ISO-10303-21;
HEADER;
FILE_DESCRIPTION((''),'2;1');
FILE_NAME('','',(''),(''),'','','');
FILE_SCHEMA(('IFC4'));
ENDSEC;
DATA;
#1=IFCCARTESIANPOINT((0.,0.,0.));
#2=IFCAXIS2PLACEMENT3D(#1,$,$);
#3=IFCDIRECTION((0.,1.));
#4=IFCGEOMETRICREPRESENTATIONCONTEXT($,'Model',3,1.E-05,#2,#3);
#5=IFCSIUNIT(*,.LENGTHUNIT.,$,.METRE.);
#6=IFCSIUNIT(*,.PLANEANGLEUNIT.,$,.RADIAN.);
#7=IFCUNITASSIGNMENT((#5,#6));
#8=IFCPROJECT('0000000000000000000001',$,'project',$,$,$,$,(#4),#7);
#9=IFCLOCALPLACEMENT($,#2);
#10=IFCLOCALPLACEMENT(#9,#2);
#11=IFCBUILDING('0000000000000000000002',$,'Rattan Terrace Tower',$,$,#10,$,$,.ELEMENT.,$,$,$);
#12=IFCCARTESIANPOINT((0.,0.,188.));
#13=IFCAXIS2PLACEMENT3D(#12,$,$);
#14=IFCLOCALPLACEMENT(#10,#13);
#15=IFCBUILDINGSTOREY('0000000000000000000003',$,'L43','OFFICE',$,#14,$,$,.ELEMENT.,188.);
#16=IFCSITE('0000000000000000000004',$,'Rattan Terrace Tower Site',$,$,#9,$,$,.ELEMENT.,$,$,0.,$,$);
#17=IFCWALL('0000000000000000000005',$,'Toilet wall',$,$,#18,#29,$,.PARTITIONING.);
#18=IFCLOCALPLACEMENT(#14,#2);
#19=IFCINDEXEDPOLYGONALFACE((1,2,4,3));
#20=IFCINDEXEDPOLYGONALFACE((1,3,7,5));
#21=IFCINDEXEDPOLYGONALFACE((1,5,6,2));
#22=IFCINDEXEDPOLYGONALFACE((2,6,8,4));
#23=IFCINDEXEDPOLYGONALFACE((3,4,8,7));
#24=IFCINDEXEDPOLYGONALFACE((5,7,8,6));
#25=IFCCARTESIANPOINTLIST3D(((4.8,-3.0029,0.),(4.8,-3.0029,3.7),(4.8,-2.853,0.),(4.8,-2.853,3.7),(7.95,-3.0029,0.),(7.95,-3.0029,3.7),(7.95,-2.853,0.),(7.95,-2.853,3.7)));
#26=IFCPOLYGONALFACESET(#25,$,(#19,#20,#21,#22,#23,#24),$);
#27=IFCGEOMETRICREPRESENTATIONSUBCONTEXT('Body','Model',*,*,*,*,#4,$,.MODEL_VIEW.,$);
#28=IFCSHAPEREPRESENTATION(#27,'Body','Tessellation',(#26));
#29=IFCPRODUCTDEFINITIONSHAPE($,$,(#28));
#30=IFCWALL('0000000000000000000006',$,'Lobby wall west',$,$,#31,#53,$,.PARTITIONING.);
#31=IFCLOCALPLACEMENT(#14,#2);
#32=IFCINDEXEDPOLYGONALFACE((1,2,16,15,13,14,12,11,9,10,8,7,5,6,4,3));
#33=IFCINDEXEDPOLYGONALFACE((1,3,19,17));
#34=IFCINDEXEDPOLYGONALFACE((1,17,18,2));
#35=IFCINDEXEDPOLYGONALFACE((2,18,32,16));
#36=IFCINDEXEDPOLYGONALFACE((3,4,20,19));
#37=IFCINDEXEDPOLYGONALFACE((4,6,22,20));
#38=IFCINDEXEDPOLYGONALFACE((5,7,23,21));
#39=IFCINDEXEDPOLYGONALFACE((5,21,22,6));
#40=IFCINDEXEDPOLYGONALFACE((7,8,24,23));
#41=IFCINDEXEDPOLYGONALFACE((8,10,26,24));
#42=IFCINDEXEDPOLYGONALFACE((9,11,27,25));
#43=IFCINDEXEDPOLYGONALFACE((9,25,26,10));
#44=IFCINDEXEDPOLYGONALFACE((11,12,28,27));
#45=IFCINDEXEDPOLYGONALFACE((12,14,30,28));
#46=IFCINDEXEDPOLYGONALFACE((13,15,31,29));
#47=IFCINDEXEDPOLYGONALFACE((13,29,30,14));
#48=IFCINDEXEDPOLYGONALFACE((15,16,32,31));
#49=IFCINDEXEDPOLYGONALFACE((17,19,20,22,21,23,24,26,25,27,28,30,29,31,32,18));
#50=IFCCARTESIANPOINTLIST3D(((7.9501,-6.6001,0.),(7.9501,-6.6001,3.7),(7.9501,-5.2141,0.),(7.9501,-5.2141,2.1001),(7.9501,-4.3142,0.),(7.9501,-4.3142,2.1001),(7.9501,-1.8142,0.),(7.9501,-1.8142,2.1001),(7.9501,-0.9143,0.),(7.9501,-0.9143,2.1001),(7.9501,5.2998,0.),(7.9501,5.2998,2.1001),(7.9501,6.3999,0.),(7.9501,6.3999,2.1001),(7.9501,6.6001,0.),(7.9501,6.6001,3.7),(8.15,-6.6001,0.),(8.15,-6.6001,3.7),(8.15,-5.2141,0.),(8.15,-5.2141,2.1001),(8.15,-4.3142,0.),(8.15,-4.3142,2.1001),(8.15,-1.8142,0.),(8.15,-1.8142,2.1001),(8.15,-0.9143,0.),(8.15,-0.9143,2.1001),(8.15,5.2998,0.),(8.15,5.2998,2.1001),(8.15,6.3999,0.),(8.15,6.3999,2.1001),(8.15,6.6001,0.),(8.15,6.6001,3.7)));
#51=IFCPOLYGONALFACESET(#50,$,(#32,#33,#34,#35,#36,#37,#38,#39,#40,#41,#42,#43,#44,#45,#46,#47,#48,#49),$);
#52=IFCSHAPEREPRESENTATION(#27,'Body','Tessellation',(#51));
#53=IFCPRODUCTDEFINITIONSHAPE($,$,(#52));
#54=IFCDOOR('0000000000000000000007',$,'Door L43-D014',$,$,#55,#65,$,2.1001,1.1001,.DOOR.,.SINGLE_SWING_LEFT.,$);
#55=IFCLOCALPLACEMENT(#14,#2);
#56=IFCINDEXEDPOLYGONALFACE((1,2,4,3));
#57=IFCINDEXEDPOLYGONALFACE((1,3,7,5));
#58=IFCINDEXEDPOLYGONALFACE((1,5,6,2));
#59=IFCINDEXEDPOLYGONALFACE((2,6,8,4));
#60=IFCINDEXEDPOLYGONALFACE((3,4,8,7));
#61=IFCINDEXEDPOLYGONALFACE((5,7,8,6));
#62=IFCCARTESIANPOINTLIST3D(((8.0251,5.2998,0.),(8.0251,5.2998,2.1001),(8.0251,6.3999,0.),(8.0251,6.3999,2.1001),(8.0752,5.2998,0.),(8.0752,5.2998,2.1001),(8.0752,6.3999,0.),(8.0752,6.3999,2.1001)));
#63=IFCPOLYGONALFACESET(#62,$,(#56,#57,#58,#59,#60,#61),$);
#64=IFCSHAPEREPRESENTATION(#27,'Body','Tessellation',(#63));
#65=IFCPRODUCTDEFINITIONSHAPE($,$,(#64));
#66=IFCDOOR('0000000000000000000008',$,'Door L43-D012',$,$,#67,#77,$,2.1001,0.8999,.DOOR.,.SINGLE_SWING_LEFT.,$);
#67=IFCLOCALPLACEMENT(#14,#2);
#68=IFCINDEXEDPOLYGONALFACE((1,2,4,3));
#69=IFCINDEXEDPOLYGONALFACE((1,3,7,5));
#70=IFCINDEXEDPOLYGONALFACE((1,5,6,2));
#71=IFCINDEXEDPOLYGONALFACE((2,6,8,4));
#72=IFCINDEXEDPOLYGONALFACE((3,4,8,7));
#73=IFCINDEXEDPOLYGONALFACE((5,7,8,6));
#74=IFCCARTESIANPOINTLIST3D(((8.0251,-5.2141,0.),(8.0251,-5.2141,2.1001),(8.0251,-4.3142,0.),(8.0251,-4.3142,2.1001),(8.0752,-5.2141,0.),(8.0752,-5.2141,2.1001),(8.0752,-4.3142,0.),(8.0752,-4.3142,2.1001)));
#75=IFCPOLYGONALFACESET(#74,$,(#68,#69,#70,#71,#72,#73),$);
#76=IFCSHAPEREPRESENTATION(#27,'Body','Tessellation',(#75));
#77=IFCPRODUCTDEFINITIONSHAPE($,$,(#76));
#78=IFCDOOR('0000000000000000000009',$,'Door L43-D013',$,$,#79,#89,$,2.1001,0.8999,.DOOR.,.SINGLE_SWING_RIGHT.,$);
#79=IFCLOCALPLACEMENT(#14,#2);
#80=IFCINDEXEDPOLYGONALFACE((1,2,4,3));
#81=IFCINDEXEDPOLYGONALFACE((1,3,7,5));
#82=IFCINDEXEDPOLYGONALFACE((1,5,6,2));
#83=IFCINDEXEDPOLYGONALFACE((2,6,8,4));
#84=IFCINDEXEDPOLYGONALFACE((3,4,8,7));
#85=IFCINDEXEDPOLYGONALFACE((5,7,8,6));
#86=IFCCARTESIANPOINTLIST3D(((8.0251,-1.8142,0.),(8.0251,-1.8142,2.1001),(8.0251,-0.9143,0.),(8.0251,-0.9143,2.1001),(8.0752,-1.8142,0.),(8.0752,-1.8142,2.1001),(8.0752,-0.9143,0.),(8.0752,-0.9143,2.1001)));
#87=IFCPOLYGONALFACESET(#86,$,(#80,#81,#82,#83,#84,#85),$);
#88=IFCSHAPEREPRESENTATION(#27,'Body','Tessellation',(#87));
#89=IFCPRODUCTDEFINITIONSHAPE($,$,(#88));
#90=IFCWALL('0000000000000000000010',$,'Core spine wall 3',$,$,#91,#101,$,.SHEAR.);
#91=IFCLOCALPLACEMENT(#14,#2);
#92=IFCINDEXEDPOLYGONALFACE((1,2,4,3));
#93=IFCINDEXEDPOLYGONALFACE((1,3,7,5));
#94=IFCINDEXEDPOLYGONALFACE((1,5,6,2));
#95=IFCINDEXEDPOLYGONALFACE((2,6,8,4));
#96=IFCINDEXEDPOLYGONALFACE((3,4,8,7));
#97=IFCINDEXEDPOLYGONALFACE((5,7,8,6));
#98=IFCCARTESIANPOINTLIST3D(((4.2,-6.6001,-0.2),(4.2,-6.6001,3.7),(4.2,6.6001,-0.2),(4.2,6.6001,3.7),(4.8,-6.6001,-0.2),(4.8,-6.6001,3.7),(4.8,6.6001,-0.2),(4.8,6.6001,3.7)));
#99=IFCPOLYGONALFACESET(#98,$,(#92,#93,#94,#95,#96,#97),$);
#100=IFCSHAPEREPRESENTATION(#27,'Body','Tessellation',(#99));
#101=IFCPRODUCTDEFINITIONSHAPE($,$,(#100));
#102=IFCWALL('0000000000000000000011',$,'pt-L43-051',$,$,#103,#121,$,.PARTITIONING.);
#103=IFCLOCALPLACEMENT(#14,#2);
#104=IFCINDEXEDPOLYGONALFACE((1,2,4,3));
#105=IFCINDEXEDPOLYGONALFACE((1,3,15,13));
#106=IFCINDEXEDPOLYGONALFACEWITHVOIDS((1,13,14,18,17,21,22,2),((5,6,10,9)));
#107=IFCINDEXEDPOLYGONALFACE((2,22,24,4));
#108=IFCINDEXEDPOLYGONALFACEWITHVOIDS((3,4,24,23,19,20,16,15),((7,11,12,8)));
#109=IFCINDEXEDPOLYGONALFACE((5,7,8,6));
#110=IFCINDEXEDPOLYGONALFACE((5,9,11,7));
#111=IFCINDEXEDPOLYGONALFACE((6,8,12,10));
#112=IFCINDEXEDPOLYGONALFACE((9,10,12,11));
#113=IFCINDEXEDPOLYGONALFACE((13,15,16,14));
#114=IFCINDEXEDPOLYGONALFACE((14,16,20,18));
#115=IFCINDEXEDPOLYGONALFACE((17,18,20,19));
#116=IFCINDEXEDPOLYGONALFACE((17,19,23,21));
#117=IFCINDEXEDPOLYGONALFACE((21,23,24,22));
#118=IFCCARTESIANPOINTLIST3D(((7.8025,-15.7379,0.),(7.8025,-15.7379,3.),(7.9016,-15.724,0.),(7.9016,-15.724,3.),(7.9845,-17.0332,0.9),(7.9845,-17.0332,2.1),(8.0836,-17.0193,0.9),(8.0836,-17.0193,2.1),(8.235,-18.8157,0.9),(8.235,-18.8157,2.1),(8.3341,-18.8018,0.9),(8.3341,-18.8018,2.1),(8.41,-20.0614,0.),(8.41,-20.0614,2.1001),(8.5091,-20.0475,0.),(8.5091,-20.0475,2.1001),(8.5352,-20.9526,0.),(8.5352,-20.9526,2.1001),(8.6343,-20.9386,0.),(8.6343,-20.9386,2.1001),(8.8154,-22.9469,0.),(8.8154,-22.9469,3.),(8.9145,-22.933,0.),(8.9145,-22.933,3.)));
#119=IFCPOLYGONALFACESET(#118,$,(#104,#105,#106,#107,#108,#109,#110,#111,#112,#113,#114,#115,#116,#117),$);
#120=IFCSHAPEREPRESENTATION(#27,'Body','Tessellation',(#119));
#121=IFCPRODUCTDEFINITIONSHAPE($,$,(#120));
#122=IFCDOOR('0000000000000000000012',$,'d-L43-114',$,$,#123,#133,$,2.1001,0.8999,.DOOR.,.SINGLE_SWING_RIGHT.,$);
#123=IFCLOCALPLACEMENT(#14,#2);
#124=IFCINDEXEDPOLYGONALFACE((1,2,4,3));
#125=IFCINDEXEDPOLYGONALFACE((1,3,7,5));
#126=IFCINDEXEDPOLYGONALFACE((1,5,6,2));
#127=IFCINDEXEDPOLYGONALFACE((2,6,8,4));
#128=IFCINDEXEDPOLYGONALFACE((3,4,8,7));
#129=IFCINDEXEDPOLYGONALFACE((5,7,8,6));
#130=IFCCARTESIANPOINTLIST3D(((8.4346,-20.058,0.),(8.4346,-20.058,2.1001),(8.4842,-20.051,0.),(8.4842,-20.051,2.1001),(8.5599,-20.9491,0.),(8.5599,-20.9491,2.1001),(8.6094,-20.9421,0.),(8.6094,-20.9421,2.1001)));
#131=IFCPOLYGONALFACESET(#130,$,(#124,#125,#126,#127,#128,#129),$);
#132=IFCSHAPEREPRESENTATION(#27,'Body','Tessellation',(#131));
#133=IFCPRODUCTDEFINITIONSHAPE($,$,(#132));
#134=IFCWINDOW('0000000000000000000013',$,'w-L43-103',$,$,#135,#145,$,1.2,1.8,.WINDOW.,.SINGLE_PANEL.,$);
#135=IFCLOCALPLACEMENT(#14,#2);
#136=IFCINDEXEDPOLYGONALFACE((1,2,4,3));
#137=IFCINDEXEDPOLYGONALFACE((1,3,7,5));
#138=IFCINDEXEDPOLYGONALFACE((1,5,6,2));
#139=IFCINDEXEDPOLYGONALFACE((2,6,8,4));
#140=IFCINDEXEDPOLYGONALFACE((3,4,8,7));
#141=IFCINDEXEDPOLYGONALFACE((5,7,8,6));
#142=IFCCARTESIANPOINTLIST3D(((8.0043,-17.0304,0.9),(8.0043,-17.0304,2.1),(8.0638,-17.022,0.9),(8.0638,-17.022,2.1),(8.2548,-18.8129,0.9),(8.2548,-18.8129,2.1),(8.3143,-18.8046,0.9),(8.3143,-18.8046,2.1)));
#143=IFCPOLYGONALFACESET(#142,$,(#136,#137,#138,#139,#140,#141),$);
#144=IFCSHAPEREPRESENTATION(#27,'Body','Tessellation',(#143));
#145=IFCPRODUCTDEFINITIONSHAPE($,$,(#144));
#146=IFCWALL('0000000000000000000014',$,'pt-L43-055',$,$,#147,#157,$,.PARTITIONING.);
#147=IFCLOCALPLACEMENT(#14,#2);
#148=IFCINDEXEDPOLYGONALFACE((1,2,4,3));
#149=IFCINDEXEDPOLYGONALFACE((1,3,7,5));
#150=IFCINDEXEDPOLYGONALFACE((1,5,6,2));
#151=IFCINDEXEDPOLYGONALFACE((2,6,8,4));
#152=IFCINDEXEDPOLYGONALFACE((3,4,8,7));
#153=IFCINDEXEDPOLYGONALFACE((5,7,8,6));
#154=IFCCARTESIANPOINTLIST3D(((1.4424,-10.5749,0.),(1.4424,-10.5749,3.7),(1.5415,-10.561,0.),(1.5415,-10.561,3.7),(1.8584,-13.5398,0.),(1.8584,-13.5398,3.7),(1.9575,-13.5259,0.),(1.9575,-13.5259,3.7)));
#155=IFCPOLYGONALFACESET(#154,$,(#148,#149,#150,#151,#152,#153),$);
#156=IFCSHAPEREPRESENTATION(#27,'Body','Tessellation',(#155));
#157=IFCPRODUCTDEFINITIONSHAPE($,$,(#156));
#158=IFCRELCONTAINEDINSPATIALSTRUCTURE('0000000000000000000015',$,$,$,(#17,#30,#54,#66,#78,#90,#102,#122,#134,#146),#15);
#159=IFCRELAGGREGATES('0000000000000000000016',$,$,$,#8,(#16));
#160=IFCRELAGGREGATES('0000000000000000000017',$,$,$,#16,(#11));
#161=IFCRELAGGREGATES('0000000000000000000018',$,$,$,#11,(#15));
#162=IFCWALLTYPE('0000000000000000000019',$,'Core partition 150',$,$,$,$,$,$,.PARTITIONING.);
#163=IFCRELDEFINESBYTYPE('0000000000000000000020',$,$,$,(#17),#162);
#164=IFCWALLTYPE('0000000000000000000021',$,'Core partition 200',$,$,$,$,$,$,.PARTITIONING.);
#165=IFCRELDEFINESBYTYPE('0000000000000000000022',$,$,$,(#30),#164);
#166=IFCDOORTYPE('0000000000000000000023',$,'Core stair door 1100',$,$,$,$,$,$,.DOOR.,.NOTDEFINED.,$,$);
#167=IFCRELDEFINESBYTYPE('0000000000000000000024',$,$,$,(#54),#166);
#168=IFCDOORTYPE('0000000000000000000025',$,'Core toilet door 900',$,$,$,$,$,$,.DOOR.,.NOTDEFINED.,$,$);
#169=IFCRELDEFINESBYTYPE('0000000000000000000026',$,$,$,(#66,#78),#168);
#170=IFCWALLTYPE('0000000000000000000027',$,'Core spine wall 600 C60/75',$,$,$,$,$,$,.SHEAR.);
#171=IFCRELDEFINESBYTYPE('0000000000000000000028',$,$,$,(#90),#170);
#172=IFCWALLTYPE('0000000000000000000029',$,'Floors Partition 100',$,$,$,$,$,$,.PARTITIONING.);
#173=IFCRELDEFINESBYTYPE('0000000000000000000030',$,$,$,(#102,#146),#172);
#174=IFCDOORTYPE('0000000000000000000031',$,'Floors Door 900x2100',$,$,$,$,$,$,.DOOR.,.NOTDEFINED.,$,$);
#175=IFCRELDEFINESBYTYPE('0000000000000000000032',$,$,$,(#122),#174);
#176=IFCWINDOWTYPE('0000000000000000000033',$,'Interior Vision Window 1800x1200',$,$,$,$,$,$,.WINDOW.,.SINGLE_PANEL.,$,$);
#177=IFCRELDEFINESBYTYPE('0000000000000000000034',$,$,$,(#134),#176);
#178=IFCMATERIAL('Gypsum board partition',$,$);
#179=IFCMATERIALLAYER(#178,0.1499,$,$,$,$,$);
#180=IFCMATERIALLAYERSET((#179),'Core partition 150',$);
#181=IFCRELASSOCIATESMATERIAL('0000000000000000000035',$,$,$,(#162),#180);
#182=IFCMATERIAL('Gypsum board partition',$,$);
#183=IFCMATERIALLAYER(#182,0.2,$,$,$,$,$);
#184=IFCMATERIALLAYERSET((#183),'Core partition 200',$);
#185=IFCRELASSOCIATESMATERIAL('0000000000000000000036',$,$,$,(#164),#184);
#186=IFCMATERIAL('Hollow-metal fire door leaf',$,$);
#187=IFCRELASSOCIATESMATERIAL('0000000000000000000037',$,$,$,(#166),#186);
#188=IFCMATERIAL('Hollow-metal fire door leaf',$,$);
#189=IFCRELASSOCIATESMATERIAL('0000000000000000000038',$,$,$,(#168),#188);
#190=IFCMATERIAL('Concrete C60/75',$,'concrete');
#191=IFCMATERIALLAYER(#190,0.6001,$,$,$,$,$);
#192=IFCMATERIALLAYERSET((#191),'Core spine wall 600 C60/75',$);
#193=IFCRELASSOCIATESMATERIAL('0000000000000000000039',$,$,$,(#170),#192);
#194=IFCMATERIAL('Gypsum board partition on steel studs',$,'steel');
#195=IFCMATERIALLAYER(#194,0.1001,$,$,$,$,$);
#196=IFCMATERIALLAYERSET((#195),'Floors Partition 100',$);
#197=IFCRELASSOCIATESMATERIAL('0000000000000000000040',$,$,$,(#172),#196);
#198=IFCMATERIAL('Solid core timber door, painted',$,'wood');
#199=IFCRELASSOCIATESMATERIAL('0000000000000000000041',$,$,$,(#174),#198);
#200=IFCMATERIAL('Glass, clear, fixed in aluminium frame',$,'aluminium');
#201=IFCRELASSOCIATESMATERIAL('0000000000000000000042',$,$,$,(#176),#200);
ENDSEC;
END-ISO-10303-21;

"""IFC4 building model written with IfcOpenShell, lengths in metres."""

from ifc_helpers import new_model, si_unit, direction, frame, frame_2d, origin, place, context, subcontext, project, spatial, rectangle, extrude, material, layer, layer_set, type_object, element, fill, save


model = new_model("IFC4")

# Units and contexts
model_context = context("Model", 3, precision=1e-05, world=origin(), true_north=direction((0.0, 1.0)))
body_context = subcontext(model_context, "Body", "Model", "MODEL_VIEW")
ifc_project = project(units=[si_unit("LENGTHUNIT", "METRE"), si_unit("PLANEANGLEUNIT", "RADIAN")], contexts=[model_context])

# Site, building, storey
site_placement = place(None, origin())
site = spatial("IfcSite", under=ifc_project, at=site_placement, Name="Rattan Terrace Tower Site", CompositionType="ELEMENT", RefElevation=0.0)
building_placement = place(site_placement, origin())
building = spatial("IfcBuilding", under=site, at=building_placement, Name="Rattan Terrace Tower", CompositionType="ELEMENT")
storey_placement = place(building_placement, frame((0.0, 0.0, 188.0)))
storey = spatial("IfcBuildingStorey", under=building, at=storey_placement, Name="L43", Description="OFFICE", CompositionType="ELEMENT", Elevation=188.0)

# Wall
ifc_material_1 = material(Name="Gypsum board partition")
ifc_layer_1 = layer(ifc_material_1, 0.1499)
ifc_layer_set_1 = layer_set([ifc_layer_1], Name="Core partition 150")
wall_type_1 = type_object("IfcWallType", Name="Core partition 150", PredefinedType="PARTITIONING", material=ifc_layer_set_1)
wall_1_placement = place(storey_placement, frame((4.8, -2.928, 0.0), z_axis=(0.0, 0.0, 1.0), x_axis=(1.0, 0.0, 0.0)))
element("IfcWall", 1, at=wall_1_placement, inside=storey, type_object=wall_type_1, Name="Toilet wall", PredefinedType="PARTITIONING", context=body_context, shape_type="SweptSolid", body=[
    extrude(rectangle(XDim=3.1499, YDim=0.1499, at=frame_2d((1.575, 0.0))), origin(), (0.0, 0.0, 1.0), 3.7),
])

# Wall, openings, doors
ifc_material_2 = material(Name="Gypsum board partition")
ifc_layer_2 = layer(ifc_material_2, 0.2)
ifc_layer_set_2 = layer_set([ifc_layer_2], Name="Core partition 200")
wall_type_2 = type_object("IfcWallType", Name="Core partition 200", PredefinedType="PARTITIONING", material=ifc_layer_set_2)
wall_2_placement = place(storey_placement, frame((8.05, -6.6001, 0.0), z_axis=(0.0, 0.0, 1.0), x_axis=(0.0, 1.0, 0.0)))
wall_2 = element("IfcWall", 2, at=wall_2_placement, inside=storey, type_object=wall_type_2, Name="Lobby wall west", PredefinedType="PARTITIONING", context=body_context, shape_type="SweptSolid", body=[
    extrude(rectangle(XDim=13.2002, YDim=0.2, at=frame_2d((6.6001, 0.0))), origin(), (0.0, 0.0, 1.0), 3.7),
])
opening_1_placement = place(wall_2_placement, frame((1.386, 0.0, 0.0)))
opening_1 = element("IfcOpeningElement", 3, at=opening_1_placement, cuts=wall_2, PredefinedType="OPENING", context=body_context, shape_type="SweptSolid", body=[
    extrude(rectangle(XDim=0.8999, YDim=2.1001, at=frame_2d((0.45, 1.05))), frame((0.0, 0.1106, 0.0), z_axis=(0.0, -1.0, 0.0), x_axis=(1.0, 0.0, 0.0)), (0.0, 0.0, 1.0), 0.2209),
])
opening_2_placement = place(wall_2_placement, frame((4.7859, 0.0, 0.0)))
opening_2 = element("IfcOpeningElement", 4, at=opening_2_placement, cuts=wall_2, PredefinedType="OPENING", context=body_context, shape_type="SweptSolid", body=[
    extrude(rectangle(XDim=0.8999, YDim=2.1001, at=frame_2d((0.45, 1.05))), frame((0.0, 0.1106, 0.0), z_axis=(0.0, -1.0, 0.0), x_axis=(1.0, 0.0, 0.0)), (0.0, 0.0, 1.0), 0.2209),
])
opening_3_placement = place(wall_2_placement, frame((11.8999, 0.0, 0.0)))
opening_3 = element("IfcOpeningElement", 5, at=opening_3_placement, cuts=wall_2, PredefinedType="OPENING", context=body_context, shape_type="SweptSolid", body=[
    extrude(rectangle(XDim=1.1001, YDim=2.1001, at=frame_2d((0.55, 1.05))), frame((0.0, 0.1106, 0.0), z_axis=(0.0, -1.0, 0.0), x_axis=(1.0, 0.0, 0.0)), (0.0, 0.0, 1.0), 0.2209),
])
ifc_material_3 = material(Name="Hollow-metal fire door leaf")
door_type_1 = type_object("IfcDoorType", Name="Core stair door 1100", OperationType="NOTDEFINED", PredefinedType="DOOR", material=ifc_material_3)
door_1_placement = place(opening_3_placement, origin())
door_1 = element("IfcDoor", 6, at=door_1_placement, inside=storey, type_object=door_type_1, Name="Door L43-D014", OperationType="SINGLE_SWING_LEFT", OverallHeight=2.1001, OverallWidth=1.1001, PredefinedType="DOOR", context=body_context, shape_type="SweptSolid", body=[
    extrude(rectangle(XDim=1.1001, YDim=2.1001, at=frame_2d((0.55, 1.05))), frame((0.0, 0.0249, 0.0), z_axis=(0.0, -1.0, 0.0), x_axis=(1.0, 0.0, 0.0)), (0.0, 0.0, 1.0), 0.05),
])
fill(opening_3, door_1)
ifc_material_4 = material(Name="Hollow-metal fire door leaf")
door_type_2 = type_object("IfcDoorType", Name="Core toilet door 900", OperationType="NOTDEFINED", PredefinedType="DOOR", material=ifc_material_4)
door_2_placement = place(opening_1_placement, origin())
door_2 = element("IfcDoor", 7, at=door_2_placement, inside=storey, type_object=door_type_2, Name="Door L43-D012", OperationType="SINGLE_SWING_LEFT", OverallHeight=2.1001, OverallWidth=0.8999, PredefinedType="DOOR", context=body_context, shape_type="SweptSolid", body=[
    extrude(rectangle(XDim=0.8999, YDim=2.1001, at=frame_2d((0.45, 1.05))), frame((0.0, 0.0249, 0.0), z_axis=(0.0, -1.0, 0.0), x_axis=(1.0, 0.0, 0.0)), (0.0, 0.0, 1.0), 0.05),
])
fill(opening_1, door_2)
door_3_placement = place(opening_2_placement, origin())
door_3 = element("IfcDoor", 8, at=door_3_placement, inside=storey, type_object=door_type_2, Name="Door L43-D013", OperationType="SINGLE_SWING_RIGHT", OverallHeight=2.1001, OverallWidth=0.8999, PredefinedType="DOOR", context=body_context, shape_type="SweptSolid", body=[
    extrude(rectangle(XDim=0.8999, YDim=2.1001, at=frame_2d((0.45, 1.05))), frame((0.0, 0.0249, 0.0), z_axis=(0.0, -1.0, 0.0), x_axis=(1.0, 0.0, 0.0)), (0.0, 0.0, 1.0), 0.05),
])
fill(opening_2, door_3)

# Wall
ifc_material_5 = material(Name="Concrete C60/75", Category="concrete")
ifc_layer_3 = layer(ifc_material_5, 0.6001)
ifc_layer_set_3 = layer_set([ifc_layer_3], Name="Core spine wall 600 C60/75")
wall_type_3 = type_object("IfcWallType", Name="Core spine wall 600 C60/75", PredefinedType="SHEAR", material=ifc_layer_set_3)
wall_3_placement = place(storey_placement, frame((4.5, -6.6001, -0.2), z_axis=(0.0, 0.0, 1.0), x_axis=(0.0, 1.0, 0.0)))
element("IfcWall", 9, at=wall_3_placement, inside=storey, type_object=wall_type_3, Name="Core spine wall 3", PredefinedType="SHEAR", context=body_context, shape_type="SweptSolid", body=[
    extrude(rectangle(XDim=13.2002, YDim=0.6001, at=frame_2d((6.6001, 0.0))), origin(), (0.0, 0.0, 1.0), 3.8999),
])

# Wall, openings, door, window
ifc_material_6 = material(Name="Gypsum board partition on steel studs", Category="steel")
ifc_layer_4 = layer(ifc_material_6, 0.1001)
ifc_layer_set_4 = layer_set([ifc_layer_4], Name="Floors Partition 100")
wall_type_4 = type_object("IfcWallType", Name="Floors Partition 100", PredefinedType="PARTITIONING", material=ifc_layer_set_4)
wall_4_placement = place(storey_placement, frame((7.8521, -15.731, 0.0), z_axis=(0.0, 0.0, 1.0), x_axis=(0.139144, -0.990272, 0.0)))
wall_4 = element("IfcWall", 10, at=wall_4_placement, inside=storey, type_object=wall_type_4, Name="pt-L43-051", PredefinedType="PARTITIONING", context=body_context, shape_type="SweptSolid", body=[
    extrude(rectangle(XDim=7.2798, YDim=0.1001, at=frame_2d((3.6399, 0.0))), origin(), (0.0, 0.0, 1.0), 3.0),
])
opening_4_placement = place(wall_4_placement, frame((4.366, 0.0, 0.0)))
opening_4 = element("IfcOpeningElement", 11, at=opening_4_placement, cuts=wall_4, PredefinedType="OPENING", context=body_context, shape_type="SweptSolid", body=[
    extrude(rectangle(XDim=0.8999, YDim=2.1001, at=frame_2d((0.45, 1.05))), frame((0.0, 0.0605, 0.0), z_axis=(0.0, -1.0, 0.0), x_axis=(1.0, 0.0, 0.0)), (0.0, 0.0, 1.0), 0.1211),
])
opening_5_placement = place(wall_4_placement, frame((1.3081, 0.0, 0.8999)))
opening_5 = element("IfcOpeningElement", 12, at=opening_5_placement, cuts=wall_4, PredefinedType="OPENING", context=body_context, shape_type="SweptSolid", body=[
    extrude(rectangle(XDim=1.8, YDim=1.2, at=frame_2d((0.8999, 0.6001))), frame((0.0, 0.0605, 0.0), z_axis=(0.0, -1.0, 0.0), x_axis=(1.0, 0.0, 0.0)), (0.0, 0.0, 1.0), 0.1211),
])
ifc_material_7 = material(Name="Solid core timber door, painted", Category="wood")
door_type_3 = type_object("IfcDoorType", Name="Floors Door 900x2100", OperationType="NOTDEFINED", PredefinedType="DOOR", material=ifc_material_7)
door_4_placement = place(opening_4_placement, origin())
door_4 = element("IfcDoor", 13, at=door_4_placement, inside=storey, type_object=door_type_3, Name="d-L43-114", OperationType="SINGLE_SWING_RIGHT", OverallHeight=2.1001, OverallWidth=0.8999, PredefinedType="DOOR", context=body_context, shape_type="SweptSolid", body=[
    extrude(rectangle(XDim=0.8999, YDim=2.1001, at=frame_2d((0.45, 1.05))), frame((0.0, 0.0249, 0.0), z_axis=(0.0, -1.0, 0.0), x_axis=(1.0, 0.0, 0.0)), (0.0, 0.0, 1.0), 0.05),
])
fill(opening_4, door_4)
ifc_material_8 = material(Name="Glass, clear, fixed in aluminium frame", Category="aluminium")
window_type = type_object("IfcWindowType", Name="Interior Vision Window 1800x1200", PartitioningType="SINGLE_PANEL", PredefinedType="WINDOW", material=ifc_material_8)
window_placement = place(opening_5_placement, origin())
window = element("IfcWindow", 14, at=window_placement, inside=storey, type_object=window_type, Name="w-L43-103", OverallHeight=1.2, OverallWidth=1.8, PartitioningType="SINGLE_PANEL", PredefinedType="WINDOW", context=body_context, shape_type="SweptSolid", body=[
    extrude(rectangle(XDim=1.8, YDim=1.2, at=frame_2d((0.8999, 0.6001))), frame((0.0, 0.03, 0.0), z_axis=(0.0, -1.0, 0.0), x_axis=(1.0, 0.0, 0.0)), (0.0, 0.0, 1.0), 0.0601),
])
fill(opening_5, window)

# Wall
wall_5_placement = place(storey_placement, frame((1.908, -13.533, 0.0), z_axis=(0.0, 0.0, 1.0), x_axis=(-0.138955, 0.990299, 0.0)))
element("IfcWall", 15, at=wall_5_placement, inside=storey, type_object=wall_type_4, Name="pt-L43-055", PredefinedType="PARTITIONING", context=body_context, shape_type="SweptSolid", body=[
    extrude(rectangle(XDim=2.9939, YDim=0.1001, at=frame_2d((1.4971, 0.0))), origin(), (0.0, 0.0, 1.0), 3.7),
])

save(model, "model.ifc")
